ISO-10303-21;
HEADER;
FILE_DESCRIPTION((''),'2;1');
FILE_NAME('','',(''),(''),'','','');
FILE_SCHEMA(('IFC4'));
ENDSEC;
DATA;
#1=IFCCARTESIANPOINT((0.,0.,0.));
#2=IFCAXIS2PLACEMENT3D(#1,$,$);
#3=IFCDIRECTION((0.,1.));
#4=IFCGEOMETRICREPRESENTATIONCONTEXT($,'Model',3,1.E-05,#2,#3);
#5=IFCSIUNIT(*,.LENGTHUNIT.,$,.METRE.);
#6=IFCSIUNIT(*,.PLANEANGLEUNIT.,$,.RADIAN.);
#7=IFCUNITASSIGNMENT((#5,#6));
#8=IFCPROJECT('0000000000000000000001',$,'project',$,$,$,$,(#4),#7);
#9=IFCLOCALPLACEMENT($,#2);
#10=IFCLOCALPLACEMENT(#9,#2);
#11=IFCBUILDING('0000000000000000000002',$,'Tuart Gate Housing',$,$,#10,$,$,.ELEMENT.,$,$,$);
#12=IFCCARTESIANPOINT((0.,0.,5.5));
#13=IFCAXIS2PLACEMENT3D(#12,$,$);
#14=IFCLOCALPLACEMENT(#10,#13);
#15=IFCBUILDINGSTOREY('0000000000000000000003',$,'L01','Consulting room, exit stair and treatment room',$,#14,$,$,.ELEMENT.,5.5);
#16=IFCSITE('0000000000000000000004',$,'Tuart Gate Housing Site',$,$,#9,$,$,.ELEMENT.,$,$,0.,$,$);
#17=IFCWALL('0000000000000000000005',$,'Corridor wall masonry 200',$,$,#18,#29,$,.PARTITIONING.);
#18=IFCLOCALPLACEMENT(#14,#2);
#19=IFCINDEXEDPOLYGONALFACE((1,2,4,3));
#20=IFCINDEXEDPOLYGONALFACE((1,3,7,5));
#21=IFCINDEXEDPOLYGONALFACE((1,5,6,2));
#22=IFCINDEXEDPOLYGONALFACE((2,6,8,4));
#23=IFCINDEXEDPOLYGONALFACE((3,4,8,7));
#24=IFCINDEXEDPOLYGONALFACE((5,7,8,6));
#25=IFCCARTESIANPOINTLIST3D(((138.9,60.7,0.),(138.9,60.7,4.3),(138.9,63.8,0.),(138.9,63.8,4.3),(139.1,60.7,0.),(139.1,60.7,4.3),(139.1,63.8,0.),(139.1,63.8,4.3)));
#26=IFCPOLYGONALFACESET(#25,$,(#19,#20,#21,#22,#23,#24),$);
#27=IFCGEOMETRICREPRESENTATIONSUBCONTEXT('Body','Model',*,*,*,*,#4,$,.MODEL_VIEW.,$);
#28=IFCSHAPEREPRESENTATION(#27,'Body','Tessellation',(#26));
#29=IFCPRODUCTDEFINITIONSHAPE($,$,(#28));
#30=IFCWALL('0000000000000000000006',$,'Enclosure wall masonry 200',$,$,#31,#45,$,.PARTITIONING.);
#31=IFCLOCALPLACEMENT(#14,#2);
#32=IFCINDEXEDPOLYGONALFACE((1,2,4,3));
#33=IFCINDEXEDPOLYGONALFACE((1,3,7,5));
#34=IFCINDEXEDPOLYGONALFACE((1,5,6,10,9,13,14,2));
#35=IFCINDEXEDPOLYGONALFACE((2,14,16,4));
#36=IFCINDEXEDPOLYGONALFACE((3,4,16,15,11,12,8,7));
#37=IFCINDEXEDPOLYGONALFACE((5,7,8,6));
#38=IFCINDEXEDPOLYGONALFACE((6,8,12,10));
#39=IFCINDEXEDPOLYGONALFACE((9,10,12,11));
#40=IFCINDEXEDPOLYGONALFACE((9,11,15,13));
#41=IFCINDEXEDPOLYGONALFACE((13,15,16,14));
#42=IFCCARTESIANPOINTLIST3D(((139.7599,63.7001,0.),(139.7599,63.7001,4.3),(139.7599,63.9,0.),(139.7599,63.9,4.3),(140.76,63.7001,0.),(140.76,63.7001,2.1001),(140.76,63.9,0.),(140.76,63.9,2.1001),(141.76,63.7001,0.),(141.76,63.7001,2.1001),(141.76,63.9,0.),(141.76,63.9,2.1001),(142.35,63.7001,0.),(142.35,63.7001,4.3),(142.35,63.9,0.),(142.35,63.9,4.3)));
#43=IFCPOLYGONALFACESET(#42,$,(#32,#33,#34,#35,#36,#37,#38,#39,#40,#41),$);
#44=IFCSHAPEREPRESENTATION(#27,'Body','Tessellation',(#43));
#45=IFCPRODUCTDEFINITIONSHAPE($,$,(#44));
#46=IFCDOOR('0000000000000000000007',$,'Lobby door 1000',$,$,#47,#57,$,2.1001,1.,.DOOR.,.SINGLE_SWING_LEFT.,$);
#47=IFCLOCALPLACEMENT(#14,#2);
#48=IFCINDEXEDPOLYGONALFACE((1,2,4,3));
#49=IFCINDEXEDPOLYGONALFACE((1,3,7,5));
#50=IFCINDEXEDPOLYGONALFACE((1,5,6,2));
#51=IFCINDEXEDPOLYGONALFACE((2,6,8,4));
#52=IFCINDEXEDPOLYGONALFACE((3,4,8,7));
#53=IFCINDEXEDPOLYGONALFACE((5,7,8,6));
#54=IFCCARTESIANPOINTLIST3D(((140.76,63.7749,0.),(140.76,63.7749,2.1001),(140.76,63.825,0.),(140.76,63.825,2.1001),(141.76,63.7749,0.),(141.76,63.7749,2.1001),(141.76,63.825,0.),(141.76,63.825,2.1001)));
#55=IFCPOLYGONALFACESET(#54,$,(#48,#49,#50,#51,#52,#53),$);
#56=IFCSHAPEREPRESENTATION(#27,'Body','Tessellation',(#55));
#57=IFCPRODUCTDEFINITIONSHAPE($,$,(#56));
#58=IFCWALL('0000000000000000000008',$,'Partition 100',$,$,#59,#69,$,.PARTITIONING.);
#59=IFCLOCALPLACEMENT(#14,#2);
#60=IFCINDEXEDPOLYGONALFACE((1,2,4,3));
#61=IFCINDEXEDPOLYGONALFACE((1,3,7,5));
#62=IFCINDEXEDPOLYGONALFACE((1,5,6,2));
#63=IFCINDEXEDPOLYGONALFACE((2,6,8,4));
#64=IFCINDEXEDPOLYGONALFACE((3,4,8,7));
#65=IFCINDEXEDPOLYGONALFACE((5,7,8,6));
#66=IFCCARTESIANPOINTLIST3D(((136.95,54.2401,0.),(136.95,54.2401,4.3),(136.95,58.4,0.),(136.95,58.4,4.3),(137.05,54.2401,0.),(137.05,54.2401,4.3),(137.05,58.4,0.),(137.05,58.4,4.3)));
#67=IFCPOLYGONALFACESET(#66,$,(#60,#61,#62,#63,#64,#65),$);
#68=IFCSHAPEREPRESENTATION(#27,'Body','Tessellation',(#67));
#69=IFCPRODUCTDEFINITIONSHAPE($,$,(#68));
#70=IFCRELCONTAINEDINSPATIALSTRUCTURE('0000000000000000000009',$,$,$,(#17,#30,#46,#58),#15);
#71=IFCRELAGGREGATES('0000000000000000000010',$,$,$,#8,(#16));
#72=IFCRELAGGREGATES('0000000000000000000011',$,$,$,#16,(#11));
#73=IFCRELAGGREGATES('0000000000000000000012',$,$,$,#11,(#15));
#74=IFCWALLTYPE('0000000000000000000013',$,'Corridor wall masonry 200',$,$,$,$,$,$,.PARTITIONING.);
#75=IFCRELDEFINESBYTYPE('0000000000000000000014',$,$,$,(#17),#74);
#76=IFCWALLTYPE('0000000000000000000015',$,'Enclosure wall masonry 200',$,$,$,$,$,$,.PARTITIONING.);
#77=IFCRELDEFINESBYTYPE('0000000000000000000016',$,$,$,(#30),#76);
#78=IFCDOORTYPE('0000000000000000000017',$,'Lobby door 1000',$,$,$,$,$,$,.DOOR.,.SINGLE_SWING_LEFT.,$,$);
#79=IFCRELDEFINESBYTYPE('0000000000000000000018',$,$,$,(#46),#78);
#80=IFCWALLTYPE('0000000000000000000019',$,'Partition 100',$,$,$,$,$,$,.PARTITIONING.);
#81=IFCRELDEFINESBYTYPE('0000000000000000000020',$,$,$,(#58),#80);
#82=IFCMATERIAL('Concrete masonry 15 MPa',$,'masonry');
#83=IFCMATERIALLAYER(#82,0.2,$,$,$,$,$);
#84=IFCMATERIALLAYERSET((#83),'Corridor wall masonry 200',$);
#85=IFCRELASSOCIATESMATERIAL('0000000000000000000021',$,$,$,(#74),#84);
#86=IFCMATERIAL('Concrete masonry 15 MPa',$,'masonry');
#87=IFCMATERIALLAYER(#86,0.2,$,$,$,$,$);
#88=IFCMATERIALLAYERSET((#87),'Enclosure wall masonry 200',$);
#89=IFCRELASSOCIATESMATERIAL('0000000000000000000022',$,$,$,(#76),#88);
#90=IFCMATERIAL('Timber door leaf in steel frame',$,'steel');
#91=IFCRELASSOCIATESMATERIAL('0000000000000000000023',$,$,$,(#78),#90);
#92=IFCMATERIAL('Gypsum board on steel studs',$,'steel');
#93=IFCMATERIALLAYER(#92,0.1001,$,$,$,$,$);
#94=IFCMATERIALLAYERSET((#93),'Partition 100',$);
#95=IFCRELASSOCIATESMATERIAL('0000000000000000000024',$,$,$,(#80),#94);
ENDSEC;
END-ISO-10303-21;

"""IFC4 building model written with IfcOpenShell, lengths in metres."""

from ifc_helpers import new_model, si_unit, direction, frame, frame_2d, origin, place, context, subcontext, project, spatial, rectangle, extrude, material, layer, layer_set, type_object, element, fill, save


model = new_model("IFC4")

# Units and contexts
model_context = context("Model", 3, precision=1e-05, world=origin(), true_north=direction((0.0, 1.0)))
body_context = subcontext(model_context, "Body", "Model", "MODEL_VIEW")
ifc_project = project(units=[si_unit("LENGTHUNIT", "METRE"), si_unit("PLANEANGLEUNIT", "RADIAN")], contexts=[model_context])

# Site, building, storey
site_placement = place(None, origin())
site = spatial("IfcSite", under=ifc_project, at=site_placement, Name="Tuart Gate Housing Site", CompositionType="ELEMENT", RefElevation=0.0)
building_placement = place(site_placement, origin())
building = spatial("IfcBuilding", under=site, at=building_placement, Name="Tuart Gate Housing", CompositionType="ELEMENT")
storey_placement = place(building_placement, frame((0.0, 0.0, 5.5)))
storey = spatial("IfcBuildingStorey", under=building, at=storey_placement, Name="L01", Description="Consulting room, exit stair and treatment room", CompositionType="ELEMENT", Elevation=5.5)

# Wall
ifc_material_1 = material(Name="Concrete masonry 15 MPa", Category="masonry")
ifc_layer_1 = layer(ifc_material_1, 0.2)
ifc_layer_set_1 = layer_set([ifc_layer_1], Name="Corridor wall masonry 200")
wall_type_1 = type_object("IfcWallType", Name="Corridor wall masonry 200", PredefinedType="PARTITIONING", material=ifc_layer_set_1)
wall_1_placement = place(storey_placement, frame((139.0, 60.7, 0.0), z_axis=(0.0, 0.0, 1.0), x_axis=(0.0, 1.0, 0.0)))
element("IfcWall", 1, at=wall_1_placement, inside=storey, type_object=wall_type_1, Name="Corridor wall masonry 200", PredefinedType="PARTITIONING", context=body_context, shape_type="SweptSolid", body=[
    extrude(rectangle(XDim=3.1001, YDim=0.2, at=frame_2d((1.55, 0.0))), origin(), (0.0, 0.0, 1.0), 4.3),
])

# Wall, opening, door
ifc_material_2 = material(Name="Concrete masonry 15 MPa", Category="masonry")
ifc_layer_2 = layer(ifc_material_2, 0.2)
ifc_layer_set_2 = layer_set([ifc_layer_2], Name="Enclosure wall masonry 200")
wall_type_2 = type_object("IfcWallType", Name="Enclosure wall masonry 200", PredefinedType="PARTITIONING", material=ifc_layer_set_2)
wall_2_placement = place(storey_placement, frame((139.76, 63.8, 0.0), z_axis=(0.0, 0.0, 1.0), x_axis=(1.0, 0.0, 0.0)))
wall_2 = element("IfcWall", 2, at=wall_2_placement, inside=storey, type_object=wall_type_2, Name="Enclosure wall masonry 200", PredefinedType="PARTITIONING", context=body_context, shape_type="SweptSolid", body=[
    extrude(rectangle(XDim=2.5901, YDim=0.2, at=frame_2d((1.2949, 0.0))), origin(), (0.0, 0.0, 1.0), 4.3),
])
opening_1_placement = place(wall_2_placement, frame((1.0, 0.0, 0.0)))
opening_1 = element("IfcOpeningElement", 3, at=opening_1_placement, cuts=wall_2, PredefinedType="OPENING", context=body_context, shape_type="SweptSolid", body=[
    extrude(rectangle(XDim=1.0, YDim=2.1001, at=frame_2d((0.5, 1.05))), frame((0.0, 0.1099, 0.0), z_axis=(0.0, -1.0, 0.0), x_axis=(1.0, 0.0, 0.0)), (0.0, 0.0, 1.0), 0.22),
])
ifc_material_3 = material(Name="Timber door leaf in steel frame", Category="steel")
door_type_1 = type_object("IfcDoorType", Name="Lobby door 1000", OperationType="SINGLE_SWING_LEFT", PredefinedType="DOOR", material=ifc_material_3)
door_1_placement = place(opening_1_placement, frame((1.0, 0.0, 0.0), z_axis=(0.0, 0.0, 1.0), x_axis=(-1.0, 0.0, 0.0)))
door_1 = element("IfcDoor", 4, at=door_1_placement, inside=storey, type_object=door_type_1, Name="Lobby door 1000", OperationType="SINGLE_SWING_LEFT", OverallHeight=2.1001, OverallWidth=1.0, PredefinedType="DOOR", context=body_context, shape_type="SweptSolid", body=[
    extrude(rectangle(XDim=1.0, YDim=2.1001, at=frame_2d((0.5, 1.05))), frame((0.0, 0.0251, 0.0), z_axis=(0.0, -1.0, 0.0), x_axis=(1.0, 0.0, 0.0)), (0.0, 0.0, 1.0), 0.05),
])
fill(opening_1, door_1)

# Wall
ifc_material_4 = material(Name="Gypsum board on steel studs", Category="steel")
ifc_layer_3 = layer(ifc_material_4, 0.1001)
ifc_layer_set_3 = layer_set([ifc_layer_3], Name="Partition 100")
wall_type_3 = type_object("IfcWallType", Name="Partition 100", PredefinedType="PARTITIONING", material=ifc_layer_set_3)
wall_3_placement = place(storey_placement, frame((137.0, 54.24, 0.0), z_axis=(0.0, 0.0, 1.0), x_axis=(0.0, 1.0, 0.0)))
element("IfcWall", 5, at=wall_3_placement, inside=storey, type_object=wall_type_3, Name="Partition 100", PredefinedType="PARTITIONING", context=body_context, shape_type="SweptSolid", body=[
    extrude(rectangle(XDim=4.1599, YDim=0.1001, at=frame_2d((2.0801, 0.0))), origin(), (0.0, 0.0, 1.0), 4.3),
])

save(model, "model.ifc")
